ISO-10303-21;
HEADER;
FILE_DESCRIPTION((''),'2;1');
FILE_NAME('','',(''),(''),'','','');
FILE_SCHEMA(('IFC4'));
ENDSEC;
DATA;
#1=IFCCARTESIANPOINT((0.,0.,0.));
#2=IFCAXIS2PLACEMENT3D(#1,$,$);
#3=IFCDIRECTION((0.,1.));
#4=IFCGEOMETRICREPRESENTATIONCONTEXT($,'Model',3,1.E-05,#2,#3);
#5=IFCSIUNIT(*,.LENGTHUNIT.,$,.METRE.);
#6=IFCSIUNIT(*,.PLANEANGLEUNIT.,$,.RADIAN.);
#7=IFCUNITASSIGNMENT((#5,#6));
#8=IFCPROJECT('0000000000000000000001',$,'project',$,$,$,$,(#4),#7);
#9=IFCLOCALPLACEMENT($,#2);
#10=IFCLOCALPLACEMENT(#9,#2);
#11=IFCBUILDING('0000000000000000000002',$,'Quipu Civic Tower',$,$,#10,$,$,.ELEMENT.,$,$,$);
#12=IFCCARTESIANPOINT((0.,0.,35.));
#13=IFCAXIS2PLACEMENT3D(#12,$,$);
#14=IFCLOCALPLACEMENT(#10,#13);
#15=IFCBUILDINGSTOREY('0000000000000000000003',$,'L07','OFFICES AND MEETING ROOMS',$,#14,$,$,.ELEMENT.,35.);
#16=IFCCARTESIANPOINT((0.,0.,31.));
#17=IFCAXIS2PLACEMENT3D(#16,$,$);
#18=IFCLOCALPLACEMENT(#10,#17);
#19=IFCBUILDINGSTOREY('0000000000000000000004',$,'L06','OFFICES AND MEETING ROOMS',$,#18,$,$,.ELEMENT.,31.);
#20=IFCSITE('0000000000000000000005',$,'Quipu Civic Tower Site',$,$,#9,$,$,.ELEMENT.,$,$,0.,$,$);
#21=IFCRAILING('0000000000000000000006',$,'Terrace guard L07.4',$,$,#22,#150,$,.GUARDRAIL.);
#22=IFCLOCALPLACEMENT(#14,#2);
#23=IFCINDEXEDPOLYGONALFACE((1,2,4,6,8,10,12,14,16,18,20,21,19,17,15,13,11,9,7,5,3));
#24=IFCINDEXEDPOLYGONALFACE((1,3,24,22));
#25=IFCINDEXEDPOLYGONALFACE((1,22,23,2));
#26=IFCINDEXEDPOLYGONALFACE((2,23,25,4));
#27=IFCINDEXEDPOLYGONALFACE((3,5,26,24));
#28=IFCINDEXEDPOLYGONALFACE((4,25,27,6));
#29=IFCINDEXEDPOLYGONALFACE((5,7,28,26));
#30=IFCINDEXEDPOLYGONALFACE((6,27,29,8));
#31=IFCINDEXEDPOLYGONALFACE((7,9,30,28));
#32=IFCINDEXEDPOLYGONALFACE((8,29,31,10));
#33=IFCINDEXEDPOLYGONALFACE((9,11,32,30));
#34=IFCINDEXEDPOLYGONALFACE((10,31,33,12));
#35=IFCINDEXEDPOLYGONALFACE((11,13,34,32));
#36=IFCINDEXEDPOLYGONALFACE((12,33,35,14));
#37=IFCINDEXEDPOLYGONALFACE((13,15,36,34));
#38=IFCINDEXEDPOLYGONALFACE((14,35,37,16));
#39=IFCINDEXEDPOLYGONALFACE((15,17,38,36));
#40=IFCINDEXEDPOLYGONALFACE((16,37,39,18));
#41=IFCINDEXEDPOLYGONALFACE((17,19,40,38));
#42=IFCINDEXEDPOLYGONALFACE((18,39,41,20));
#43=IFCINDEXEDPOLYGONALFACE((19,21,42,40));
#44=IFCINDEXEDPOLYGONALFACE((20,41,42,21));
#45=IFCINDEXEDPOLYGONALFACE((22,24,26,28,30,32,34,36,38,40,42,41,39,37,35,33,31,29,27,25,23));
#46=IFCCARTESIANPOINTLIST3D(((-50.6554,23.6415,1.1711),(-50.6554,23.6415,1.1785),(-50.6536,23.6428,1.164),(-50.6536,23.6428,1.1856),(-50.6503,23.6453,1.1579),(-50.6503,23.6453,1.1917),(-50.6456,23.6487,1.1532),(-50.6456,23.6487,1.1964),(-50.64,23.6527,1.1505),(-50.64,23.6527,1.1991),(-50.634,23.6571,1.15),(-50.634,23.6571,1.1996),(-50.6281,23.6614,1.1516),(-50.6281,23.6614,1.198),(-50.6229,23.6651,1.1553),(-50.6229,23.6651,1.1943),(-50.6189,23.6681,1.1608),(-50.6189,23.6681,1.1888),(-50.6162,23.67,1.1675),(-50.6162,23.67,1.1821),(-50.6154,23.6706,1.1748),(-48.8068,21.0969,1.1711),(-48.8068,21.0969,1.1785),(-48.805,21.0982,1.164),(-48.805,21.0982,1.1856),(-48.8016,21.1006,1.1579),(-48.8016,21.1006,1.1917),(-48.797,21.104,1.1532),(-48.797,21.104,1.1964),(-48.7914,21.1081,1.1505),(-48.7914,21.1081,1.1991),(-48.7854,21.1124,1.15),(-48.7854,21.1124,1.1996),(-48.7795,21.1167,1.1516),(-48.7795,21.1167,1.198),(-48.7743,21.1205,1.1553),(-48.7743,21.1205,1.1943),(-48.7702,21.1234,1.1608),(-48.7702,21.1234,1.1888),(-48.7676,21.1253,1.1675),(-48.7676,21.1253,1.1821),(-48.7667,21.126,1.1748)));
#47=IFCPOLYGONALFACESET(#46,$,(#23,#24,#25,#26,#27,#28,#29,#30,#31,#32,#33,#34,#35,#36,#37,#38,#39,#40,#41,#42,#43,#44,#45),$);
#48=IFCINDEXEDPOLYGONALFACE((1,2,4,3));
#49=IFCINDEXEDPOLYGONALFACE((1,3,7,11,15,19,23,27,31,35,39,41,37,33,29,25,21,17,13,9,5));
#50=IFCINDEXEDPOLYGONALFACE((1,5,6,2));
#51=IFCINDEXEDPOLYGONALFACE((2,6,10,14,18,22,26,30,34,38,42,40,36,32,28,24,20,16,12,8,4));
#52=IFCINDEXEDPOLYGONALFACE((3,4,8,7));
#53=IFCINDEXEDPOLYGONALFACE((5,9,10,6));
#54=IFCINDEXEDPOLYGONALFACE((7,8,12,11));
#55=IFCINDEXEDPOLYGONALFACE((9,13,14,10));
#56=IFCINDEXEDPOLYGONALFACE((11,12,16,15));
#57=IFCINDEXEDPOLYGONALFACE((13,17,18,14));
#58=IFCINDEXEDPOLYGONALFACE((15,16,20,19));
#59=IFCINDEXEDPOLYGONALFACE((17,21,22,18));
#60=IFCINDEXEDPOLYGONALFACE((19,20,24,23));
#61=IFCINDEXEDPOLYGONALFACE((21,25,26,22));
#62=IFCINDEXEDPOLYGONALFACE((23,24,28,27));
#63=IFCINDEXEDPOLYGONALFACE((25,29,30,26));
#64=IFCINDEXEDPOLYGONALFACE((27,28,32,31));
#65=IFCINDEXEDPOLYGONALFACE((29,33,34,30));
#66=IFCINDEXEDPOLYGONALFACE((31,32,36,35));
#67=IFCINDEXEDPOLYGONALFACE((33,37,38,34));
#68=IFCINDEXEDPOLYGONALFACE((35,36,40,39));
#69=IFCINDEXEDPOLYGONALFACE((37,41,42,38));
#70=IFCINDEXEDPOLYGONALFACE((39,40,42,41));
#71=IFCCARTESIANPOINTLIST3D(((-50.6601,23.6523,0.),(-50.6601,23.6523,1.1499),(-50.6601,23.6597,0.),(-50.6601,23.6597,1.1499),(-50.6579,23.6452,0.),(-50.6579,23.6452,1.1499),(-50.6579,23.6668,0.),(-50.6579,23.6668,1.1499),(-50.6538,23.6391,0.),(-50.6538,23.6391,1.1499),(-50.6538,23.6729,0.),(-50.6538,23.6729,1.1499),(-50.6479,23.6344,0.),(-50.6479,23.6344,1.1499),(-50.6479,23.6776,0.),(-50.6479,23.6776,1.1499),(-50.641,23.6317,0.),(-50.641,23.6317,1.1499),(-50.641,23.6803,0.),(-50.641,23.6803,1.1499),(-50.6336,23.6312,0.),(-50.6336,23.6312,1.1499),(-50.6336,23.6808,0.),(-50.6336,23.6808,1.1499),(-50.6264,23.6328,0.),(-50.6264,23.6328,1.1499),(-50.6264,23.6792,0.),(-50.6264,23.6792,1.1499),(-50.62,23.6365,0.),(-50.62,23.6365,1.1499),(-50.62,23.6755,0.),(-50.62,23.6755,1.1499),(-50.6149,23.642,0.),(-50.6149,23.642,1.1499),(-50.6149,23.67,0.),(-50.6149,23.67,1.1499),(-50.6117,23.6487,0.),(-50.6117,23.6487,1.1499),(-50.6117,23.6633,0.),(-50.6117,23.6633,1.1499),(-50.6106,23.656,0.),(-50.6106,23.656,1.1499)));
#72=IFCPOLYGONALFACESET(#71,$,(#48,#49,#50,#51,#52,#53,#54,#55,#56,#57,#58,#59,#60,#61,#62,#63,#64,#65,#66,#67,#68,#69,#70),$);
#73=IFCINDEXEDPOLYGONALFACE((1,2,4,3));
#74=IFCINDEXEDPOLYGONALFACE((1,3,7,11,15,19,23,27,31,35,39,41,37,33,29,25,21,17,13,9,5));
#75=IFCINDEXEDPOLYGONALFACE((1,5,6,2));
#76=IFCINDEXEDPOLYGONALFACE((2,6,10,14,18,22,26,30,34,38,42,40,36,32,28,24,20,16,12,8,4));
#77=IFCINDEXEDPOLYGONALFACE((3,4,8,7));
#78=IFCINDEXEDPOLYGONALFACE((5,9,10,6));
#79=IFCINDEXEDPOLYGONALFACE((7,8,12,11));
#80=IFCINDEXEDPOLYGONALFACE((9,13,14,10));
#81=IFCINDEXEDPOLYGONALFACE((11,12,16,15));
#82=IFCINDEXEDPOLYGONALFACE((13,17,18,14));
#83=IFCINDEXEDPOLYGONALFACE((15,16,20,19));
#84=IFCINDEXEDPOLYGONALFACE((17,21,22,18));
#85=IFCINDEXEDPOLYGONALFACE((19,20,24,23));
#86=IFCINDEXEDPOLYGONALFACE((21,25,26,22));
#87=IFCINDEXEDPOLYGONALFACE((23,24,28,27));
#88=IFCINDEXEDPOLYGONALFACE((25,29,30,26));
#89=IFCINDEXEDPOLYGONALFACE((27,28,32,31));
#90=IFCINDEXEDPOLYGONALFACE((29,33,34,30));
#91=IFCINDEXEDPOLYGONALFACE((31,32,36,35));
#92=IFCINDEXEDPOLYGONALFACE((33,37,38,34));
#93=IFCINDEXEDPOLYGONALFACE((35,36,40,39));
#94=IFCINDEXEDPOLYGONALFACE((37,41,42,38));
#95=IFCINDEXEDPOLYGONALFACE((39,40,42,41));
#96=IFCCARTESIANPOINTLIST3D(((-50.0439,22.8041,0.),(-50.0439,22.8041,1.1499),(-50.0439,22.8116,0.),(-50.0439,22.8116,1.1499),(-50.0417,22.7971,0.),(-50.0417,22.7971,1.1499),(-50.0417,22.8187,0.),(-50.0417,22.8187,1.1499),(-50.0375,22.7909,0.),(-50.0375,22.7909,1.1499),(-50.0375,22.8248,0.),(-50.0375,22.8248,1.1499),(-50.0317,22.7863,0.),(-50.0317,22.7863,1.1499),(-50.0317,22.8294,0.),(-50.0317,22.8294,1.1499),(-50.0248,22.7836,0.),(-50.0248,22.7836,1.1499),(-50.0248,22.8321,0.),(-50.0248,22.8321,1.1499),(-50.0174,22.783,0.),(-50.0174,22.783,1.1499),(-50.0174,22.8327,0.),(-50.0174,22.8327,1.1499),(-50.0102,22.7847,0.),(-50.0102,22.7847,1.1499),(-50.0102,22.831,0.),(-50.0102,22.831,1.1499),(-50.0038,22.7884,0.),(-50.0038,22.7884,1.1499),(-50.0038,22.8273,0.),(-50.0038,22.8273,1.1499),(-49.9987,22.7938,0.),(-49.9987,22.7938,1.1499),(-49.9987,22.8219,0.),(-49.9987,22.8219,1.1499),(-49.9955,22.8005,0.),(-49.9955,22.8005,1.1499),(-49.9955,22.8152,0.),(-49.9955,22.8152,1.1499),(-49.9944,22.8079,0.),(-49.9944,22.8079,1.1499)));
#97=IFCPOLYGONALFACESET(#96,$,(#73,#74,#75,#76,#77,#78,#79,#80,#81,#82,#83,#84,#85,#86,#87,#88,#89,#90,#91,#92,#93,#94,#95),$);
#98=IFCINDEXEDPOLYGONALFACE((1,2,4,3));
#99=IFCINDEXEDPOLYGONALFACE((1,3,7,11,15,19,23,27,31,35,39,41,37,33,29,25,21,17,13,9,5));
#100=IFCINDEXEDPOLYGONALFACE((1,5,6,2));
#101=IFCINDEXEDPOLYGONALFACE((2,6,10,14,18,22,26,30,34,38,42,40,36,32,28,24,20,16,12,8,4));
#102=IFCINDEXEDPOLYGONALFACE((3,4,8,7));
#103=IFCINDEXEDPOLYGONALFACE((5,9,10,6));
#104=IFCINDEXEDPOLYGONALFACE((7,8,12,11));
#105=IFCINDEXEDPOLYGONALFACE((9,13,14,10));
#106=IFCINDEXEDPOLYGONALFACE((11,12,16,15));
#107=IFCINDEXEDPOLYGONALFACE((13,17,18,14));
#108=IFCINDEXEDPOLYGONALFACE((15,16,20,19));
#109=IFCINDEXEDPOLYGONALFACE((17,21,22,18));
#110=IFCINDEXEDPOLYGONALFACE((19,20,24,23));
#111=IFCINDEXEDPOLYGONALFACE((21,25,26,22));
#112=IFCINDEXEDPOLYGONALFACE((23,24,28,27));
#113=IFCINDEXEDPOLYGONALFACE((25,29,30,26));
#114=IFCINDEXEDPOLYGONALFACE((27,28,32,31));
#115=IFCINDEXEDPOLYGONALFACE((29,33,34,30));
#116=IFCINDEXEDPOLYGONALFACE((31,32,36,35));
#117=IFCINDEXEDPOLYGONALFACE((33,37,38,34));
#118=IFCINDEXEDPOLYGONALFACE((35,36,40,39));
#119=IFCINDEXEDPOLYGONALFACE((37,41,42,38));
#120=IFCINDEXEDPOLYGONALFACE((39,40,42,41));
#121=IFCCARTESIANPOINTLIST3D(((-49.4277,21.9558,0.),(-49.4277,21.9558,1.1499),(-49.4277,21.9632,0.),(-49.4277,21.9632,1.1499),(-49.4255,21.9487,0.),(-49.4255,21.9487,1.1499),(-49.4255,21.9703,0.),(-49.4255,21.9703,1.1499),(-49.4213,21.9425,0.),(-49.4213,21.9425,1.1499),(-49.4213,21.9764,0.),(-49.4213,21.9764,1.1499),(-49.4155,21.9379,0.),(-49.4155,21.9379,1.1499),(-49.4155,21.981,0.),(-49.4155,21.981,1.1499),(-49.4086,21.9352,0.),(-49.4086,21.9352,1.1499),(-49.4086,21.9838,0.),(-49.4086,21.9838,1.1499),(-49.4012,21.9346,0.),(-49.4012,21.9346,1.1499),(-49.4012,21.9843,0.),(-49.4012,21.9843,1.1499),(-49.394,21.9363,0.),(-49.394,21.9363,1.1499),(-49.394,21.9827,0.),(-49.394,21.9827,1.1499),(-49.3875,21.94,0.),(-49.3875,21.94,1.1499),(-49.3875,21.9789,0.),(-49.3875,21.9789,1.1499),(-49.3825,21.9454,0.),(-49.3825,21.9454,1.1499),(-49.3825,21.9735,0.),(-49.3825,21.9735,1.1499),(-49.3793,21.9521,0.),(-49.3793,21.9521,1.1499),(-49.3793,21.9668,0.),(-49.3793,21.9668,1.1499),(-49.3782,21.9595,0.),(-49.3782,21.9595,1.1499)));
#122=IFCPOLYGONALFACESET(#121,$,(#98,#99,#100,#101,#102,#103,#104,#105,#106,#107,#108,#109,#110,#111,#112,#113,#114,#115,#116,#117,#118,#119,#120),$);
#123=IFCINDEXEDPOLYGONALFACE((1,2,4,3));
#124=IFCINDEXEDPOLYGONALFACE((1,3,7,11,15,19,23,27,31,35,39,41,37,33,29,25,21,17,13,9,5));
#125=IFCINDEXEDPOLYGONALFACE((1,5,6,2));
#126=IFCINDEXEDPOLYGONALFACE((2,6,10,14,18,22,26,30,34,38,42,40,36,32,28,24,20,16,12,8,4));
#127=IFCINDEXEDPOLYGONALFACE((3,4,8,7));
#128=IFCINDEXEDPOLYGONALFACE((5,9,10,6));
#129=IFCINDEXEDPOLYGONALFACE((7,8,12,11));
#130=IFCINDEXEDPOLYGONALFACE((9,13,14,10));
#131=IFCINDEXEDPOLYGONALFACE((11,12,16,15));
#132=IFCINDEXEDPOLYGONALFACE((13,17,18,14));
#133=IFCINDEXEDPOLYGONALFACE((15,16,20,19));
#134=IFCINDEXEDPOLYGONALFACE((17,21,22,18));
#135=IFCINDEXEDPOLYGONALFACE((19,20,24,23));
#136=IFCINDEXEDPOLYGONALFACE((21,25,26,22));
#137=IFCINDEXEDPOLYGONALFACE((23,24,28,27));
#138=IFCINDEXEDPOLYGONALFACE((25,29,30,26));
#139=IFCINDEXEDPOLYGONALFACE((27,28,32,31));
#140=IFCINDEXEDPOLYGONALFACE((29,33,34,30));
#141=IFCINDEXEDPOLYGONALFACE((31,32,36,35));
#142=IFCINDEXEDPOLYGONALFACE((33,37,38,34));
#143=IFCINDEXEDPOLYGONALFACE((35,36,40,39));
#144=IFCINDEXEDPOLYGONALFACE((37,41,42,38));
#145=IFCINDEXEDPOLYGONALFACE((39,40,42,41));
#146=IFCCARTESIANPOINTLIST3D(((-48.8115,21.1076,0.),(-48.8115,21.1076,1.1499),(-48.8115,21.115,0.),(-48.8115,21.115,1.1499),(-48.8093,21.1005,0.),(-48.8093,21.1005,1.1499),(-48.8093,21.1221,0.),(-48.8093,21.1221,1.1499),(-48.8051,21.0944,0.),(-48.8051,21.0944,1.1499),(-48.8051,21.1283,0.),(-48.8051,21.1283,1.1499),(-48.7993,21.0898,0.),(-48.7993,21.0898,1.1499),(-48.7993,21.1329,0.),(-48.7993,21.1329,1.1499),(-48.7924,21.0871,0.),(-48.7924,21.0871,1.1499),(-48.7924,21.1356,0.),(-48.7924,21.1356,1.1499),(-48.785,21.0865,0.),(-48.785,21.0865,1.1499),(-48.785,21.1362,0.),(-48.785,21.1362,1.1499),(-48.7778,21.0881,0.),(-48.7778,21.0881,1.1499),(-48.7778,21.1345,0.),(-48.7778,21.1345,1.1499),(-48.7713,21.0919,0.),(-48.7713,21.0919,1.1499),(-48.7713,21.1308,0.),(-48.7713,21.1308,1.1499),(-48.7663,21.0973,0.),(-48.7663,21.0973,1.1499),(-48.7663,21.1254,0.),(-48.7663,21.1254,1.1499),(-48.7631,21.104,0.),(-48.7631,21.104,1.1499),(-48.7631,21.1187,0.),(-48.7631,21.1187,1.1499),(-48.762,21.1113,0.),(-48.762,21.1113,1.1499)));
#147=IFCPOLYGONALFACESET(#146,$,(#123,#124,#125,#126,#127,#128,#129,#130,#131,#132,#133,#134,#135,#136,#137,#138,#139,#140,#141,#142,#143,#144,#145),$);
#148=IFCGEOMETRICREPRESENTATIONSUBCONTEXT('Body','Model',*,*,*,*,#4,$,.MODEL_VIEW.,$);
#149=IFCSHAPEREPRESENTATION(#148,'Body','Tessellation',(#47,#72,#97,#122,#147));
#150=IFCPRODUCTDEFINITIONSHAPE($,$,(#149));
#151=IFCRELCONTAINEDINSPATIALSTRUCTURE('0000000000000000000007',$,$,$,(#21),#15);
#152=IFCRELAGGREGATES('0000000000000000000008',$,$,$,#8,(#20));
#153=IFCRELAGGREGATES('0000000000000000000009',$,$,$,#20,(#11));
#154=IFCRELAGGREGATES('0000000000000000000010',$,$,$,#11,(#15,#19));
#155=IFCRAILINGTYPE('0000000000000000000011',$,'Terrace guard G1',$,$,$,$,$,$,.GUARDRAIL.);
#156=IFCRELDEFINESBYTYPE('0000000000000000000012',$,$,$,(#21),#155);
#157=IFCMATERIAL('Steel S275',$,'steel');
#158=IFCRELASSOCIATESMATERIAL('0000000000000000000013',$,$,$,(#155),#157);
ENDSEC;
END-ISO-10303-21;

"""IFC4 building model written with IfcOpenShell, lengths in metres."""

from ifc_helpers import new_model, si_unit, direction, frame, origin, origin_2d, place, context, subcontext, project, spatial, circle, extrude, material, type_object, element, save


model = new_model("IFC4")

# Units and contexts
model_context = context("Model", 3, precision=1e-05, world=origin(), true_north=direction((0.0, 1.0)))
body_context = subcontext(model_context, "Body", "Model", "MODEL_VIEW")
ifc_project = project(units=[si_unit("LENGTHUNIT", "METRE"), si_unit("PLANEANGLEUNIT", "RADIAN")], contexts=[model_context])

# Site, building, storey
site_placement = place(None, origin())
site = spatial("IfcSite", under=ifc_project, at=site_placement, Name="Quipu Civic Tower Site", CompositionType="ELEMENT", RefElevation=0.0)
building_placement = place(site_placement, origin())
building = spatial("IfcBuilding", under=site, at=building_placement, Name="Quipu Civic Tower", CompositionType="ELEMENT")
storey_1_placement = place(building_placement, frame((0.0, 0.0, 35.0)))
storey_1 = spatial("IfcBuildingStorey", under=building, at=storey_1_placement, Name="L07", Description="OFFICES AND MEETING ROOMS", CompositionType="ELEMENT", Elevation=35.0)

# Shared definitions
storey_2_placement = place(building_placement, frame((0.0, 0.0, 31.0)))
storey_2 = spatial("IfcBuildingStorey", under=building, at=storey_2_placement, Name="L06", Description="OFFICES AND MEETING ROOMS", CompositionType="ELEMENT", Elevation=31.0)

# Railing
ifc_material_1 = material(Name="Steel S275", Category="steel")
railing_type = type_object("IfcRailingType", Name="Terrace guard G1", PredefinedType="GUARDRAIL", material=ifc_material_1)
railing_1_placement = place(storey_1_placement, frame((-50.6355, 23.656, 0.0)))
element("IfcRailing", 1, at=railing_1_placement, inside=storey_1, type_object=railing_type, Name="Terrace guard L07.4", PredefinedType="GUARDRAIL", context=body_context, shape_type="SweptSolid", body=[
    extrude(circle(Radius=0.0249, at=origin_2d()), frame((0.0, 0.0, 1.1748), z_axis=(0.587747, -0.809045, 0.0), x_axis=(0.809045, 0.587747, 0.0)), (0.0, 0.0, 1.0), 3.1453),
    extrude(circle(Radius=0.0249, at=origin_2d()), origin(), (0.0, 0.0, 1.0), 1.1499),
    extrude(circle(Radius=0.0249, at=origin_2d()), frame((0.6162, -0.8481, 0.0)), (0.0, 0.0, 1.0), 1.1499),
    extrude(circle(Radius=0.0249, at=origin_2d()), frame((1.2324, -1.6965, 0.0)), (0.0, 0.0, 1.0), 1.1499),
    extrude(circle(Radius=0.0249, at=origin_2d()), frame((1.8486, -2.5447, 0.0)), (0.0, 0.0, 1.0), 1.1499),
])

save(model, "model.ifc")
